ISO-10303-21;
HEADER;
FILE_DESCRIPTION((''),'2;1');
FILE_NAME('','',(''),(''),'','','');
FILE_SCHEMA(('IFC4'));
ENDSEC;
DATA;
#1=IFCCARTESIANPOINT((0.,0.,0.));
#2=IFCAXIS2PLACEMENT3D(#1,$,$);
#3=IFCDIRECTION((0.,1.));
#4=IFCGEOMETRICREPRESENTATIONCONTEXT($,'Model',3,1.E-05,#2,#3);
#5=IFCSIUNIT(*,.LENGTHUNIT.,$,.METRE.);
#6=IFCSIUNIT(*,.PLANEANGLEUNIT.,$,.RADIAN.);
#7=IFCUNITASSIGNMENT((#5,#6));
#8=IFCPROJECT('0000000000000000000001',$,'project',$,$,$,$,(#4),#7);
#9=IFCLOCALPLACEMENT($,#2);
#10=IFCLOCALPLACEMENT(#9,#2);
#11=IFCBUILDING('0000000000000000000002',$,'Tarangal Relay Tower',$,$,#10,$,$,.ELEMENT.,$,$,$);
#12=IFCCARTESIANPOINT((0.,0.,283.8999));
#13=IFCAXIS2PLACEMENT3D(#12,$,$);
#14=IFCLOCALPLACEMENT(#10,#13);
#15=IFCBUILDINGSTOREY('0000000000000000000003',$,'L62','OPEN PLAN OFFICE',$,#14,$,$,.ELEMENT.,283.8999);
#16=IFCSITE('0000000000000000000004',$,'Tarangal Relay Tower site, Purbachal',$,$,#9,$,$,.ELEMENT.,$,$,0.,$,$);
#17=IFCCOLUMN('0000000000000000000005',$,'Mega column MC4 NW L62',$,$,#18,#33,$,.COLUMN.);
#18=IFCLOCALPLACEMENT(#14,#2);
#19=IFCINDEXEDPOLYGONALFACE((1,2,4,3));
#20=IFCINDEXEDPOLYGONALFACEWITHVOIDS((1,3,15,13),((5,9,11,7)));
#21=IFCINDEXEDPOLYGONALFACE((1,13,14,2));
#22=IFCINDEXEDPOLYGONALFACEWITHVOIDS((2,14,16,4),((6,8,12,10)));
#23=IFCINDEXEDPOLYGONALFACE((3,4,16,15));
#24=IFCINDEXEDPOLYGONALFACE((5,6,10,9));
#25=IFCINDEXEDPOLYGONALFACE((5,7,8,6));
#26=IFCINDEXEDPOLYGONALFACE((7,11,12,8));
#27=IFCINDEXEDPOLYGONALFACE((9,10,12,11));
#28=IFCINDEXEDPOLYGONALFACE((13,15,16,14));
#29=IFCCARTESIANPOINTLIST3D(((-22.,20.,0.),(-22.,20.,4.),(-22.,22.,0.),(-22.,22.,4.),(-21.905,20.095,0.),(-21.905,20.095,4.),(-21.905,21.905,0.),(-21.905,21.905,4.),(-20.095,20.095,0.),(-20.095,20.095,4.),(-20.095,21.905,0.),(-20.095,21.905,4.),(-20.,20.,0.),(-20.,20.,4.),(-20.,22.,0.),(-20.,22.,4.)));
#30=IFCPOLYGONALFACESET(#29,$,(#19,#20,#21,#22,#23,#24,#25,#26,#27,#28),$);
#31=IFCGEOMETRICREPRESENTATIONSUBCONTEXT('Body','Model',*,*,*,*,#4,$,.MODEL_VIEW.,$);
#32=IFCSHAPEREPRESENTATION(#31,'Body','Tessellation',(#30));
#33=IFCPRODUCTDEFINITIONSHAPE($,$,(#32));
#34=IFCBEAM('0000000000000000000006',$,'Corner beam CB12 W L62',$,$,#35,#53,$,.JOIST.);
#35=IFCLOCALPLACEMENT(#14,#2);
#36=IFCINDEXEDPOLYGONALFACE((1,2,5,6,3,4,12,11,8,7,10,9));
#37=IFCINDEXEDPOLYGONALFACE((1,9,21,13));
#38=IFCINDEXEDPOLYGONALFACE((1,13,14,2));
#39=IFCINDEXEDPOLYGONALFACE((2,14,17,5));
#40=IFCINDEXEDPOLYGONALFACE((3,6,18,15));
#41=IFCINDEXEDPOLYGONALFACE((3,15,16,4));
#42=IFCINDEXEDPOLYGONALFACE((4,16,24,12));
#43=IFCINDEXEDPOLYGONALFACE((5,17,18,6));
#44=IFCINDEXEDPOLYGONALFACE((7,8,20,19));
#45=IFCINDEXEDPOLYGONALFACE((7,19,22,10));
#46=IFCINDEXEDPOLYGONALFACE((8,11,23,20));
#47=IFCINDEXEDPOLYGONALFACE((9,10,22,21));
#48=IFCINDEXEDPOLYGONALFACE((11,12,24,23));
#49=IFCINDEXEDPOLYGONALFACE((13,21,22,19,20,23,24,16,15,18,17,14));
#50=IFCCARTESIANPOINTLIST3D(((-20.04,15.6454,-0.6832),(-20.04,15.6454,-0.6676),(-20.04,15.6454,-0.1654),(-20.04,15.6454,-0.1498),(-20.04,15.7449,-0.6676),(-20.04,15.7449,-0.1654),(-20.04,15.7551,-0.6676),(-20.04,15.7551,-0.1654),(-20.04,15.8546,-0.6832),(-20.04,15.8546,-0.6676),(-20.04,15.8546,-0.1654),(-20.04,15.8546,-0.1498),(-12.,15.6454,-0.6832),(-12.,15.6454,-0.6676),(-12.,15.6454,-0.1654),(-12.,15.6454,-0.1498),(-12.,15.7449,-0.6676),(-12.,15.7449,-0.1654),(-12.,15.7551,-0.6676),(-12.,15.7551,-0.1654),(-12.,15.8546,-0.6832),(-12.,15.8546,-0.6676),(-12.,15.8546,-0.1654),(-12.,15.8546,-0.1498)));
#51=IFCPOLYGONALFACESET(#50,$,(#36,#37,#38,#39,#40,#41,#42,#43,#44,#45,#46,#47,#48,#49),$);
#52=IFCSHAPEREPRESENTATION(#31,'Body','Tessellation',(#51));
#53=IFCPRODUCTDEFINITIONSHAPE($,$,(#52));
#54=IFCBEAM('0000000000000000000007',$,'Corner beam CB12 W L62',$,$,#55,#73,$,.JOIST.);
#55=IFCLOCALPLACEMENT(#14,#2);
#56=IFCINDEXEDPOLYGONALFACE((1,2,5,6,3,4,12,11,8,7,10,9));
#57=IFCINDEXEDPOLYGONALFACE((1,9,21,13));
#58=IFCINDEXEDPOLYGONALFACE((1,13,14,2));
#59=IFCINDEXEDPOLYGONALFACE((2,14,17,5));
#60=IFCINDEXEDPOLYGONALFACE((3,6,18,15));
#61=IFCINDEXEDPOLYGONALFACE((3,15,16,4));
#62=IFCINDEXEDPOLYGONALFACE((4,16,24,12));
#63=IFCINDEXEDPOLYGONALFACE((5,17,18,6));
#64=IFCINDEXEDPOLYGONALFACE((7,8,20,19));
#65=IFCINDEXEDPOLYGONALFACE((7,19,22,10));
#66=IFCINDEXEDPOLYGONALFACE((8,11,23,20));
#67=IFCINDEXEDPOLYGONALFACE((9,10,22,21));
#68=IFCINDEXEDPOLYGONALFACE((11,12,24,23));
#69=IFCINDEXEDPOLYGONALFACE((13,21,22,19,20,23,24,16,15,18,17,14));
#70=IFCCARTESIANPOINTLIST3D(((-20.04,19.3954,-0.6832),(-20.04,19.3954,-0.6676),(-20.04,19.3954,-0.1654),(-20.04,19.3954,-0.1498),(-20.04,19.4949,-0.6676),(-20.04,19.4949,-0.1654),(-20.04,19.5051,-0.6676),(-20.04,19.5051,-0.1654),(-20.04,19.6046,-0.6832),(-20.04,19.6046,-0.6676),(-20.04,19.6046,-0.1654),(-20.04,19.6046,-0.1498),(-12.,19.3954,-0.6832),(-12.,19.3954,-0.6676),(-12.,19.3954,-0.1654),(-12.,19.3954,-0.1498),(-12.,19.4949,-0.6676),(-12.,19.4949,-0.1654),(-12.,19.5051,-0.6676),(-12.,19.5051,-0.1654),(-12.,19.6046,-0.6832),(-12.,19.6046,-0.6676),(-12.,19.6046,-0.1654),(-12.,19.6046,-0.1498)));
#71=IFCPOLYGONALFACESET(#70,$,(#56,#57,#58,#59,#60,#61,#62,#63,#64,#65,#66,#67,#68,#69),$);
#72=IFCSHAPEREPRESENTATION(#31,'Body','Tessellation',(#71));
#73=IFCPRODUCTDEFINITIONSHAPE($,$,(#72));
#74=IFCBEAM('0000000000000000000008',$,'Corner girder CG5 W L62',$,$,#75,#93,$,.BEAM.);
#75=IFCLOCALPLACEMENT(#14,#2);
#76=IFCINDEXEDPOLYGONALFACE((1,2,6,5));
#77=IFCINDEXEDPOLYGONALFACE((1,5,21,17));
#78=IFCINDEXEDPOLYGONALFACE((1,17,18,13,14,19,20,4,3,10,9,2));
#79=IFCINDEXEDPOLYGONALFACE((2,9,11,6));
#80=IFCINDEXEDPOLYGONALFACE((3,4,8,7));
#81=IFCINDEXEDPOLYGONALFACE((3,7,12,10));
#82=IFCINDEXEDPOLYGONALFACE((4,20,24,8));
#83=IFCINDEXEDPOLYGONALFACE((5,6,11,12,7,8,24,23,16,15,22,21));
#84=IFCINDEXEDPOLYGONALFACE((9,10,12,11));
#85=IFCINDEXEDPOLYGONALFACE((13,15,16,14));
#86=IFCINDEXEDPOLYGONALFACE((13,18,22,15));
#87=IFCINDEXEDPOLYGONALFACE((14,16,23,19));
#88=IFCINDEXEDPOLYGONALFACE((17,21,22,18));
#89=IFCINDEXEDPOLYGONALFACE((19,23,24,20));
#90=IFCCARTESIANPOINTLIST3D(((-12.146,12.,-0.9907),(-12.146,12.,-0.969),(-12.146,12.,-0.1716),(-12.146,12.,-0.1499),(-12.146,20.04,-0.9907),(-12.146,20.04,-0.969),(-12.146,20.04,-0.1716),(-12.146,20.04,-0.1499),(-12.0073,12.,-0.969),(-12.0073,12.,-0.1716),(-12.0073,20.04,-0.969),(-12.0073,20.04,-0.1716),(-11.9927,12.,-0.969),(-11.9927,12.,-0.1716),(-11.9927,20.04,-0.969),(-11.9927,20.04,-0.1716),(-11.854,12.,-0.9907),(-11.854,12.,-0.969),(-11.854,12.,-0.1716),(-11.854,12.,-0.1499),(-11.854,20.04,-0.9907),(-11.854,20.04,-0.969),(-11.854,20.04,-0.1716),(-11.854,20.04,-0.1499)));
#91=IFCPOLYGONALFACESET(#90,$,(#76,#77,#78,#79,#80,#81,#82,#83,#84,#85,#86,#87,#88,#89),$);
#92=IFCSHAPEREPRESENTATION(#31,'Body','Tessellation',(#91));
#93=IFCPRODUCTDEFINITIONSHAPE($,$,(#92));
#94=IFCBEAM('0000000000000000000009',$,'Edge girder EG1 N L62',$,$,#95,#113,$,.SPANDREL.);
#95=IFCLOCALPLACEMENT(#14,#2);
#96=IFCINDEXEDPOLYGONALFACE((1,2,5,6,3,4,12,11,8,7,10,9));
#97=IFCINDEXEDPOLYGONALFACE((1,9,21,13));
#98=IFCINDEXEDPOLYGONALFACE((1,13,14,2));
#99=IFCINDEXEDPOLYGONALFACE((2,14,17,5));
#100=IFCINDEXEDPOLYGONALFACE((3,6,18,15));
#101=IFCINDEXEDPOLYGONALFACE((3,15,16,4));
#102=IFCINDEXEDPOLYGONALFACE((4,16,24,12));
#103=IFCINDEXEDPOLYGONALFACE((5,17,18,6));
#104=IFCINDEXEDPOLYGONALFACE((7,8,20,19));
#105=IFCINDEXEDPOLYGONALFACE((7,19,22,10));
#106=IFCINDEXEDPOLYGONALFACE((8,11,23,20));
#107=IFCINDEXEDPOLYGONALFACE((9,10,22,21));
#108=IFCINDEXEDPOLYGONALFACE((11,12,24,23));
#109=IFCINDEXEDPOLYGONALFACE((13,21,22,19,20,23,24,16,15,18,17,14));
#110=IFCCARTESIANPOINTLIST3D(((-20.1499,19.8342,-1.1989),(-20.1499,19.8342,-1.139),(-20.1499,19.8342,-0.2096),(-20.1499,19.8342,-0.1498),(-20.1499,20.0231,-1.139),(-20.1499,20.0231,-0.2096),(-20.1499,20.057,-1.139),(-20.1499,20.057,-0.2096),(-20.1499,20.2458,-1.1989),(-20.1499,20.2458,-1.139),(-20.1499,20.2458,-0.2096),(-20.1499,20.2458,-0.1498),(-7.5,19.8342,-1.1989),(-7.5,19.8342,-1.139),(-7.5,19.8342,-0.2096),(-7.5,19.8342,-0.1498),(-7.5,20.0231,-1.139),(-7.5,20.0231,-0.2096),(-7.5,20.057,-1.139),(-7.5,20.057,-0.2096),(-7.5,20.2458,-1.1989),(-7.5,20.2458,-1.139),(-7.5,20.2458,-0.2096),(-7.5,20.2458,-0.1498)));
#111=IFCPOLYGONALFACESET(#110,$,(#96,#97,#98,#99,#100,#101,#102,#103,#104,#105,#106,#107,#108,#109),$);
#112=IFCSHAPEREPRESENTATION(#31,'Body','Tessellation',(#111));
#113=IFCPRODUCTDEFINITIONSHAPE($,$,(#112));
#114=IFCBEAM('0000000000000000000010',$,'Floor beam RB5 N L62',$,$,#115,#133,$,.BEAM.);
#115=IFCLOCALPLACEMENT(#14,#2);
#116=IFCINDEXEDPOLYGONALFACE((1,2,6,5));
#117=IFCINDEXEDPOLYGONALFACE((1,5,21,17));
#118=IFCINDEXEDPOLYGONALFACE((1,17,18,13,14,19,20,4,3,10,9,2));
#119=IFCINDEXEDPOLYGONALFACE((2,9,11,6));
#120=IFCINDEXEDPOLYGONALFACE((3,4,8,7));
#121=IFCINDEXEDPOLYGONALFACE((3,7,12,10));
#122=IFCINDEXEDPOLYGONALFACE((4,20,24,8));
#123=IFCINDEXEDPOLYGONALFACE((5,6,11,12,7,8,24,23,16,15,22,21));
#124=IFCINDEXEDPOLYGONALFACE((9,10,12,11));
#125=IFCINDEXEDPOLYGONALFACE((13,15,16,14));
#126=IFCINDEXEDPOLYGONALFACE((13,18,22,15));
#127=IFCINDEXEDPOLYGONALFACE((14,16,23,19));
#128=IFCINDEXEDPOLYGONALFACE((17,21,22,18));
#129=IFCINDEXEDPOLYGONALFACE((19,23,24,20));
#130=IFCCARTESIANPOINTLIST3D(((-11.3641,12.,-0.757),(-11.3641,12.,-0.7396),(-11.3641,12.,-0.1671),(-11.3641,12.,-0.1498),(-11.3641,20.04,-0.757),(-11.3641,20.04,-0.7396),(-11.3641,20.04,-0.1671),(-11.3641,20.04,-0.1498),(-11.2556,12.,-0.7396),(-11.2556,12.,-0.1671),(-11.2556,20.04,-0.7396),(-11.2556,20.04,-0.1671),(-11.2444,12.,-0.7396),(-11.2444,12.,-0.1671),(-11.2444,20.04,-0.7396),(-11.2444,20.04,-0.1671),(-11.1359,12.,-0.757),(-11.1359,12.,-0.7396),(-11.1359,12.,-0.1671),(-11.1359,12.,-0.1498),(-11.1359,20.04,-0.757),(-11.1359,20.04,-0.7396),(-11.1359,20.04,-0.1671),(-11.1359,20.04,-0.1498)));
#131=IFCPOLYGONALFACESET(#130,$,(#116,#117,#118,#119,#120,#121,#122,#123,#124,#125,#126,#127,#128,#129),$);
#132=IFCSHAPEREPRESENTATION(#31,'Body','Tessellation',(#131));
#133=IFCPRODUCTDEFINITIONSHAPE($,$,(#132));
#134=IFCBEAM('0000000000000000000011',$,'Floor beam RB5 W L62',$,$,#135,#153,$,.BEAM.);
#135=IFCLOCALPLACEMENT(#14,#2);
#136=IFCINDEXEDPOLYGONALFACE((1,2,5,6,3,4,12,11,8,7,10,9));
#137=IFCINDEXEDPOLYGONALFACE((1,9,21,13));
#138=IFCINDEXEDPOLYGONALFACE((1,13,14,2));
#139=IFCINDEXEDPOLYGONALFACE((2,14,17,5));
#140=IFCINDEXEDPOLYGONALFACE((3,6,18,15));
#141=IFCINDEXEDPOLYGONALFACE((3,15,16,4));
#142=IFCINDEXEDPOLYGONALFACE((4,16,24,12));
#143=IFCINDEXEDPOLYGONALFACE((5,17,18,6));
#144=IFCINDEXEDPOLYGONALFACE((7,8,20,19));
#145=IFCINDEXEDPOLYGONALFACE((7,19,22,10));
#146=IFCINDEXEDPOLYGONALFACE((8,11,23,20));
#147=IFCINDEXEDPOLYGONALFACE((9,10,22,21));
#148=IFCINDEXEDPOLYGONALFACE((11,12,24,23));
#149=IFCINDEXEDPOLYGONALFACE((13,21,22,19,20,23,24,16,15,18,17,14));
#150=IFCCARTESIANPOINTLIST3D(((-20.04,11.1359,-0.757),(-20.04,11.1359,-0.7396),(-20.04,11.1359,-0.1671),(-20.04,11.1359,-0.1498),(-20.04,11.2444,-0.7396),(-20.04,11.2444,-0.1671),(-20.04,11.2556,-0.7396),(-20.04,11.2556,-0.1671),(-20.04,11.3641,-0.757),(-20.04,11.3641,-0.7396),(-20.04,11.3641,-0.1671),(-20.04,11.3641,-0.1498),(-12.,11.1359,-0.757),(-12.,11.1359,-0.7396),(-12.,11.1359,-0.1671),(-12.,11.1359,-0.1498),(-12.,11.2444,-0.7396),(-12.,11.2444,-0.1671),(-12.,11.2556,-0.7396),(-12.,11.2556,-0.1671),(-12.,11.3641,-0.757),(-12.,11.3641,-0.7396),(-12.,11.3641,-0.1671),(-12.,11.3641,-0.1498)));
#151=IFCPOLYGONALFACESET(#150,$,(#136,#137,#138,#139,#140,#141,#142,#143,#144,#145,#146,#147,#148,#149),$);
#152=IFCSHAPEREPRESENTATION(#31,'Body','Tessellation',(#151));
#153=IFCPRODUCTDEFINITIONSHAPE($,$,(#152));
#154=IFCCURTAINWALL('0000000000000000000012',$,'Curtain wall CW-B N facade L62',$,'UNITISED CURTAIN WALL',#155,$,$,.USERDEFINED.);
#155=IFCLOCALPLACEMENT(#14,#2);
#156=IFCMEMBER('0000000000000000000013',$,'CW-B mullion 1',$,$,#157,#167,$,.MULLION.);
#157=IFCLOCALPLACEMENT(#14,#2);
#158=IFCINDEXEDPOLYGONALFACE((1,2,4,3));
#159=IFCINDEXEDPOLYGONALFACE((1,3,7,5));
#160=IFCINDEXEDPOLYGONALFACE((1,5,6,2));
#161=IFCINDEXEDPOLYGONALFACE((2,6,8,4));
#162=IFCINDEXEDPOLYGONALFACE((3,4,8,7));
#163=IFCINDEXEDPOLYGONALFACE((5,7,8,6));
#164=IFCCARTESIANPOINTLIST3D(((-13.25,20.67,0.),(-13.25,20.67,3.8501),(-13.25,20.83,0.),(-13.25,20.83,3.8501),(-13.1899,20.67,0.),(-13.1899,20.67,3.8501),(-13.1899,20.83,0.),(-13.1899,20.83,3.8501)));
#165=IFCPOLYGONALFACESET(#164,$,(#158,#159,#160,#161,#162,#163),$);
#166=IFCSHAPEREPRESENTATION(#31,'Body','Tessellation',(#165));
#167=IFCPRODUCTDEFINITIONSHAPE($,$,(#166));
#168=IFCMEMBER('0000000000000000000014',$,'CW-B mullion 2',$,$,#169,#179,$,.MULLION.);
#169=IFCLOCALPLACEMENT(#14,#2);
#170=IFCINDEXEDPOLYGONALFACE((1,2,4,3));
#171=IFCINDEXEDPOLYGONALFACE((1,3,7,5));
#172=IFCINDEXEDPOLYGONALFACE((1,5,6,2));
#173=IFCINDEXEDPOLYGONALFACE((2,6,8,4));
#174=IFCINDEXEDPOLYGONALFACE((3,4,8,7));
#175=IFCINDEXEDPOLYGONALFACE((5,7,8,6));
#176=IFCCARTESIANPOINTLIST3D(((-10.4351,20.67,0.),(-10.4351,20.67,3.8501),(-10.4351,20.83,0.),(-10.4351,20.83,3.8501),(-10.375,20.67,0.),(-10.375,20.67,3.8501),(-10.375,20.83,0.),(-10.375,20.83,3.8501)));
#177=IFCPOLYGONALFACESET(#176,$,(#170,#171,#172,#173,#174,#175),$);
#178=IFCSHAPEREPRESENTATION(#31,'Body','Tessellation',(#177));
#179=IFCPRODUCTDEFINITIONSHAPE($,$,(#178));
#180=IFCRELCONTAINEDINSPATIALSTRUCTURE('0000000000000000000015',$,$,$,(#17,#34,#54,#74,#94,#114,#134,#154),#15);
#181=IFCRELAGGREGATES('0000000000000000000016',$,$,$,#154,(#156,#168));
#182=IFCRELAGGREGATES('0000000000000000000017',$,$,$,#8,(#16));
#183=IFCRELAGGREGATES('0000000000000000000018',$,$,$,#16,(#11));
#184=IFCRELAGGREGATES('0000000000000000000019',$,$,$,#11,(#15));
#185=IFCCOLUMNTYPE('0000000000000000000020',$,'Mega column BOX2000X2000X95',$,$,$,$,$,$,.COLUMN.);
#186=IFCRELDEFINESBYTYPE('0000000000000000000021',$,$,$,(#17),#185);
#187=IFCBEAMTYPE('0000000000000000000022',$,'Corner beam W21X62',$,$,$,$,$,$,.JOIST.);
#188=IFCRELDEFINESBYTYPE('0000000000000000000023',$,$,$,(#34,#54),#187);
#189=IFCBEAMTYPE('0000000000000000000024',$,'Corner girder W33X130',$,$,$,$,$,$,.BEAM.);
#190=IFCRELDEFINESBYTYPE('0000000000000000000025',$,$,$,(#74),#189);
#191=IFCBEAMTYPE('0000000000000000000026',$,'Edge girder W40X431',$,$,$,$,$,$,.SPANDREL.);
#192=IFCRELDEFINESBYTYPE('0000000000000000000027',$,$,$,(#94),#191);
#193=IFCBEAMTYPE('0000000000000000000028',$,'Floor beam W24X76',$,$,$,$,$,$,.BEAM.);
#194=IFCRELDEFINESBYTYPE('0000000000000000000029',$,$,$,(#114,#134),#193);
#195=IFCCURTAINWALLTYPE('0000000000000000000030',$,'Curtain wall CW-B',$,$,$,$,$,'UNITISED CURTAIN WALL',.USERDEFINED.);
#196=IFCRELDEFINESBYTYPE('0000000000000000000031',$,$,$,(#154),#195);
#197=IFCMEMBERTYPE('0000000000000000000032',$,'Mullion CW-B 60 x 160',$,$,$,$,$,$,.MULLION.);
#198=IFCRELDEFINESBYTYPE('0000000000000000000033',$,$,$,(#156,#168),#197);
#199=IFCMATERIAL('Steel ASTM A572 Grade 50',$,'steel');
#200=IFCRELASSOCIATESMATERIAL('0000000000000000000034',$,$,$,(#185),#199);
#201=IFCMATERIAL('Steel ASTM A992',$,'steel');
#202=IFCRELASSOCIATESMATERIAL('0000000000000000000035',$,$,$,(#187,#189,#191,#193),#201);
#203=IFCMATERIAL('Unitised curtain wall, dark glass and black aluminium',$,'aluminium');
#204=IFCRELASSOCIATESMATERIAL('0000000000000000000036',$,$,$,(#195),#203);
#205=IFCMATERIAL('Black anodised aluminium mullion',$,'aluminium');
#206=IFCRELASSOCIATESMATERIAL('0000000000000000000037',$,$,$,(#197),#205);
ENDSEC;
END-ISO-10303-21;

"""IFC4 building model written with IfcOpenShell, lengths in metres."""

from ifc_helpers import new_model, si_unit, direction, frame, origin, origin_2d, place, context, subcontext, project, spatial, rectangle, hollow_rectangle, i_section, extrude, material, material_profile, profile_set, type_object, element, aggregate, save


model = new_model("IFC4")

# Units and contexts
model_context = context("Model", 3, precision=1e-05, world=origin(), true_north=direction((0.0, 1.0)))
body_context = subcontext(model_context, "Body", "Model", "MODEL_VIEW")
ifc_project = project(units=[si_unit("LENGTHUNIT", "METRE"), si_unit("PLANEANGLEUNIT", "RADIAN")], contexts=[model_context])

# Site, building, storey
site_placement = place(None, origin())
site = spatial("IfcSite", under=ifc_project, at=site_placement, Name="Tarangal Relay Tower site, Purbachal", CompositionType="ELEMENT", RefElevation=0.0)
building_placement = place(site_placement, origin())
building = spatial("IfcBuilding", under=site, at=building_placement, Name="Tarangal Relay Tower", CompositionType="ELEMENT")
storey_placement = place(building_placement, frame((0.0, 0.0, 283.8999)))
storey = spatial("IfcBuildingStorey", under=building, at=storey_placement, Name="L62", Description="OPEN PLAN OFFICE", CompositionType="ELEMENT", Elevation=283.8999)

# Column
ifc_material_1 = material(Name="Steel ASTM A572 Grade 50", Category="steel")
ifc_material_profile_1 = material_profile(ifc_material_1, hollow_rectangle(XDim=2.0, YDim=2.0, WallThickness=0.095, at=origin_2d()), Name="BOX2000X2000X95")
ifc_profile_set_1 = profile_set([ifc_material_profile_1], Name="Steel ASTM A572 Grade 50")
column_type = type_object("IfcColumnType", Name="Mega column BOX2000X2000X95", PredefinedType="COLUMN", material=ifc_profile_set_1)
column_placement = place(storey_placement, frame((-21.0, 21.0, 0.0), z_axis=(0.0, 0.0, 1.0), x_axis=(1.0, 0.0, 0.0)))
element("IfcColumn", 1, at=column_placement, inside=storey, type_object=column_type, Name="Mega column MC4 NW L62", PredefinedType="COLUMN", context=body_context, shape_type="SweptSolid", body=[
    extrude(hollow_rectangle(XDim=2.0, YDim=2.0, WallThickness=0.095, at=origin_2d()), origin(), (0.0, 0.0, 1.0), 4.0),
])

# Beams
ifc_material_2 = material(Name="Steel ASTM A992", Category="steel")
ifc_material_profile_2 = material_profile(ifc_material_2, i_section(OverallWidth=0.2092, OverallDepth=0.5334, WebThickness=0.0103, FlangeThickness=0.0156, at=origin_2d()), Name="W21X62")
ifc_profile_set_2 = profile_set([ifc_material_profile_2], Name="Steel ASTM A992")
beam_type_1 = type_object("IfcBeamType", Name="Corner beam W21X62", PredefinedType="JOIST", material=ifc_profile_set_2)
for number, where, z_axis, x_axis, name in (
    (2, (-12.0, 15.75, -0.4165), (-1.0, 0.0, 0.0), (0.0, -1.0, 0.0), "Corner beam CB12 W L62"),
    (3, (-12.0, 19.5, -0.4165), (-1.0, 0.0, 0.0), (0.0, -1.0, 0.0), "Corner beam CB12 W L62"),
):
    element("IfcBeam", number, at=place(storey_placement, frame(where, z_axis=z_axis, x_axis=x_axis)), inside=storey, type_object=beam_type_1, Name=name, PredefinedType="JOIST", context=body_context, shape_type="SweptSolid", body=[
        extrude(i_section(OverallWidth=0.2092, OverallDepth=0.5334, WebThickness=0.0103, FlangeThickness=0.0156, at=origin_2d()), origin(), (0.0, 0.0, 1.0), 8.04),
    ])
ifc_material_profile_3 = material_profile(ifc_material_2, i_section(OverallWidth=0.292, OverallDepth=0.8408, WebThickness=0.0146, FlangeThickness=0.0217, at=origin_2d()), Name="W33X130")
ifc_profile_set_3 = profile_set([ifc_material_profile_3], Name="Steel ASTM A992")
beam_type_2 = type_object("IfcBeamType", Name="Corner girder W33X130", PredefinedType="BEAM", material=ifc_profile_set_3)
beam_1_placement = place(storey_placement, frame((-12.0, 12.0, -0.5703), z_axis=(0.0, 1.0, 0.0), x_axis=(-1.0, 0.0, 0.0)))
element("IfcBeam", 4, at=beam_1_placement, inside=storey, type_object=beam_type_2, Name="Corner girder CG5 W L62", PredefinedType="BEAM", context=body_context, shape_type="SweptSolid", body=[
    extrude(i_section(OverallWidth=0.292, OverallDepth=0.8408, WebThickness=0.0146, FlangeThickness=0.0217, at=origin_2d()), origin(), (0.0, 0.0, 1.0), 8.04),
])
ifc_material_profile_4 = material_profile(ifc_material_2, i_section(OverallWidth=0.4116, OverallDepth=1.0491, WebThickness=0.0339, FlangeThickness=0.0598, at=origin_2d()), Name="W40X431")
ifc_profile_set_4 = profile_set([ifc_material_profile_4], Name="Steel ASTM A992")
beam_type_3 = type_object("IfcBeamType", Name="Edge girder W40X431", PredefinedType="SPANDREL", material=ifc_profile_set_4)
beam_2_placement = place(storey_placement, frame((-20.1499, 20.04, -0.6743), z_axis=(1.0, 0.0, 0.0), x_axis=(0.0, 1.0, 0.0)))
element("IfcBeam", 5, at=beam_2_placement, inside=storey, type_object=beam_type_3, Name="Edge girder EG1 N L62", PredefinedType="SPANDREL", context=body_context, shape_type="SweptSolid", body=[
    extrude(i_section(OverallWidth=0.4116, OverallDepth=1.0491, WebThickness=0.0339, FlangeThickness=0.0598, at=origin_2d()), origin(), (0.0, 0.0, 1.0), 12.6499),
])
ifc_material_profile_5 = material_profile(ifc_material_2, i_section(OverallWidth=0.2283, OverallDepth=0.6072, WebThickness=0.0112, FlangeThickness=0.0173, at=origin_2d()), Name="W24X76")
ifc_profile_set_5 = profile_set([ifc_material_profile_5], Name="Steel ASTM A992")
beam_type_4 = type_object("IfcBeamType", Name="Floor beam W24X76", PredefinedType="BEAM", material=ifc_profile_set_5)
for number, where, z_axis, x_axis, name in (
    (6, (-11.25, 12.0, -0.4534), (0.0, 1.0, 0.0), (-1.0, 0.0, 0.0), "Floor beam RB5 N L62"),
    (7, (-12.0, 11.25, -0.4534), (-1.0, 0.0, 0.0), (0.0, -1.0, 0.0), "Floor beam RB5 W L62"),
):
    element("IfcBeam", number, at=place(storey_placement, frame(where, z_axis=z_axis, x_axis=x_axis)), inside=storey, type_object=beam_type_4, Name=name, PredefinedType="BEAM", context=body_context, shape_type="SweptSolid", body=[
        extrude(i_section(OverallWidth=0.2283, OverallDepth=0.6072, WebThickness=0.0112, FlangeThickness=0.0173, at=origin_2d()), origin(), (0.0, 0.0, 1.0), 8.04),
    ])

# Curtain wall, members
ifc_material_3 = material(Name="Unitised curtain wall, dark glass and black aluminium", Category="aluminium")
curtain_wall_type = type_object("IfcCurtainWallType", Name="Curtain wall CW-B", ElementType="UNITISED CURTAIN WALL", PredefinedType="USERDEFINED", material=ifc_material_3)
curtain_wall_1_placement = place(storey_placement, origin())
curtain_wall_1 = element("IfcCurtainWall", 8, at=curtain_wall_1_placement, inside=storey, type_object=curtain_wall_type, Name="Curtain wall CW-B N facade L62", ObjectType="UNITISED CURTAIN WALL", PredefinedType="USERDEFINED")
ifc_material_4 = material(Name="Black anodised aluminium mullion", Category="aluminium")
ifc_material_profile_6 = material_profile(ifc_material_4, rectangle(XDim=0.1599, YDim=0.0601, at=origin_2d()), Name="CW-BM 60X160")
ifc_profile_set_6 = profile_set([ifc_material_profile_6], Name="Black anodised aluminium mullion")
member_type_1 = type_object("IfcMemberType", Name="Mullion CW-B 60 x 160", PredefinedType="MULLION", material=ifc_profile_set_6)
member_1_placement = place(storey_placement, frame((-13.22, 20.75, 0.0), z_axis=(0.0, 0.0, 1.0), x_axis=(0.0, 1.0, 0.0)))
member_1 = element("IfcMember", 9, at=member_1_placement, type_object=member_type_1, Name="CW-B mullion 1", PredefinedType="MULLION", context=body_context, shape_type="SweptSolid", body=[
    extrude(rectangle(XDim=0.1599, YDim=0.0601, at=origin_2d()), origin(), (0.0, 0.0, 1.0), 3.8501),
])
member_2_placement = place(storey_placement, frame((-10.405, 20.75, 0.0), z_axis=(0.0, 0.0, 1.0), x_axis=(0.0, 1.0, 0.0)))
member_2 = element("IfcMember", 10, at=member_2_placement, type_object=member_type_1, Name="CW-B mullion 2", PredefinedType="MULLION", context=body_context, shape_type="SweptSolid", body=[
    extrude(rectangle(XDim=0.1599, YDim=0.0601, at=origin_2d()), origin(), (0.0, 0.0, 1.0), 3.8501),
])

aggregate(curtain_wall_1, [member_1, member_2])

save(model, "model.ifc")
